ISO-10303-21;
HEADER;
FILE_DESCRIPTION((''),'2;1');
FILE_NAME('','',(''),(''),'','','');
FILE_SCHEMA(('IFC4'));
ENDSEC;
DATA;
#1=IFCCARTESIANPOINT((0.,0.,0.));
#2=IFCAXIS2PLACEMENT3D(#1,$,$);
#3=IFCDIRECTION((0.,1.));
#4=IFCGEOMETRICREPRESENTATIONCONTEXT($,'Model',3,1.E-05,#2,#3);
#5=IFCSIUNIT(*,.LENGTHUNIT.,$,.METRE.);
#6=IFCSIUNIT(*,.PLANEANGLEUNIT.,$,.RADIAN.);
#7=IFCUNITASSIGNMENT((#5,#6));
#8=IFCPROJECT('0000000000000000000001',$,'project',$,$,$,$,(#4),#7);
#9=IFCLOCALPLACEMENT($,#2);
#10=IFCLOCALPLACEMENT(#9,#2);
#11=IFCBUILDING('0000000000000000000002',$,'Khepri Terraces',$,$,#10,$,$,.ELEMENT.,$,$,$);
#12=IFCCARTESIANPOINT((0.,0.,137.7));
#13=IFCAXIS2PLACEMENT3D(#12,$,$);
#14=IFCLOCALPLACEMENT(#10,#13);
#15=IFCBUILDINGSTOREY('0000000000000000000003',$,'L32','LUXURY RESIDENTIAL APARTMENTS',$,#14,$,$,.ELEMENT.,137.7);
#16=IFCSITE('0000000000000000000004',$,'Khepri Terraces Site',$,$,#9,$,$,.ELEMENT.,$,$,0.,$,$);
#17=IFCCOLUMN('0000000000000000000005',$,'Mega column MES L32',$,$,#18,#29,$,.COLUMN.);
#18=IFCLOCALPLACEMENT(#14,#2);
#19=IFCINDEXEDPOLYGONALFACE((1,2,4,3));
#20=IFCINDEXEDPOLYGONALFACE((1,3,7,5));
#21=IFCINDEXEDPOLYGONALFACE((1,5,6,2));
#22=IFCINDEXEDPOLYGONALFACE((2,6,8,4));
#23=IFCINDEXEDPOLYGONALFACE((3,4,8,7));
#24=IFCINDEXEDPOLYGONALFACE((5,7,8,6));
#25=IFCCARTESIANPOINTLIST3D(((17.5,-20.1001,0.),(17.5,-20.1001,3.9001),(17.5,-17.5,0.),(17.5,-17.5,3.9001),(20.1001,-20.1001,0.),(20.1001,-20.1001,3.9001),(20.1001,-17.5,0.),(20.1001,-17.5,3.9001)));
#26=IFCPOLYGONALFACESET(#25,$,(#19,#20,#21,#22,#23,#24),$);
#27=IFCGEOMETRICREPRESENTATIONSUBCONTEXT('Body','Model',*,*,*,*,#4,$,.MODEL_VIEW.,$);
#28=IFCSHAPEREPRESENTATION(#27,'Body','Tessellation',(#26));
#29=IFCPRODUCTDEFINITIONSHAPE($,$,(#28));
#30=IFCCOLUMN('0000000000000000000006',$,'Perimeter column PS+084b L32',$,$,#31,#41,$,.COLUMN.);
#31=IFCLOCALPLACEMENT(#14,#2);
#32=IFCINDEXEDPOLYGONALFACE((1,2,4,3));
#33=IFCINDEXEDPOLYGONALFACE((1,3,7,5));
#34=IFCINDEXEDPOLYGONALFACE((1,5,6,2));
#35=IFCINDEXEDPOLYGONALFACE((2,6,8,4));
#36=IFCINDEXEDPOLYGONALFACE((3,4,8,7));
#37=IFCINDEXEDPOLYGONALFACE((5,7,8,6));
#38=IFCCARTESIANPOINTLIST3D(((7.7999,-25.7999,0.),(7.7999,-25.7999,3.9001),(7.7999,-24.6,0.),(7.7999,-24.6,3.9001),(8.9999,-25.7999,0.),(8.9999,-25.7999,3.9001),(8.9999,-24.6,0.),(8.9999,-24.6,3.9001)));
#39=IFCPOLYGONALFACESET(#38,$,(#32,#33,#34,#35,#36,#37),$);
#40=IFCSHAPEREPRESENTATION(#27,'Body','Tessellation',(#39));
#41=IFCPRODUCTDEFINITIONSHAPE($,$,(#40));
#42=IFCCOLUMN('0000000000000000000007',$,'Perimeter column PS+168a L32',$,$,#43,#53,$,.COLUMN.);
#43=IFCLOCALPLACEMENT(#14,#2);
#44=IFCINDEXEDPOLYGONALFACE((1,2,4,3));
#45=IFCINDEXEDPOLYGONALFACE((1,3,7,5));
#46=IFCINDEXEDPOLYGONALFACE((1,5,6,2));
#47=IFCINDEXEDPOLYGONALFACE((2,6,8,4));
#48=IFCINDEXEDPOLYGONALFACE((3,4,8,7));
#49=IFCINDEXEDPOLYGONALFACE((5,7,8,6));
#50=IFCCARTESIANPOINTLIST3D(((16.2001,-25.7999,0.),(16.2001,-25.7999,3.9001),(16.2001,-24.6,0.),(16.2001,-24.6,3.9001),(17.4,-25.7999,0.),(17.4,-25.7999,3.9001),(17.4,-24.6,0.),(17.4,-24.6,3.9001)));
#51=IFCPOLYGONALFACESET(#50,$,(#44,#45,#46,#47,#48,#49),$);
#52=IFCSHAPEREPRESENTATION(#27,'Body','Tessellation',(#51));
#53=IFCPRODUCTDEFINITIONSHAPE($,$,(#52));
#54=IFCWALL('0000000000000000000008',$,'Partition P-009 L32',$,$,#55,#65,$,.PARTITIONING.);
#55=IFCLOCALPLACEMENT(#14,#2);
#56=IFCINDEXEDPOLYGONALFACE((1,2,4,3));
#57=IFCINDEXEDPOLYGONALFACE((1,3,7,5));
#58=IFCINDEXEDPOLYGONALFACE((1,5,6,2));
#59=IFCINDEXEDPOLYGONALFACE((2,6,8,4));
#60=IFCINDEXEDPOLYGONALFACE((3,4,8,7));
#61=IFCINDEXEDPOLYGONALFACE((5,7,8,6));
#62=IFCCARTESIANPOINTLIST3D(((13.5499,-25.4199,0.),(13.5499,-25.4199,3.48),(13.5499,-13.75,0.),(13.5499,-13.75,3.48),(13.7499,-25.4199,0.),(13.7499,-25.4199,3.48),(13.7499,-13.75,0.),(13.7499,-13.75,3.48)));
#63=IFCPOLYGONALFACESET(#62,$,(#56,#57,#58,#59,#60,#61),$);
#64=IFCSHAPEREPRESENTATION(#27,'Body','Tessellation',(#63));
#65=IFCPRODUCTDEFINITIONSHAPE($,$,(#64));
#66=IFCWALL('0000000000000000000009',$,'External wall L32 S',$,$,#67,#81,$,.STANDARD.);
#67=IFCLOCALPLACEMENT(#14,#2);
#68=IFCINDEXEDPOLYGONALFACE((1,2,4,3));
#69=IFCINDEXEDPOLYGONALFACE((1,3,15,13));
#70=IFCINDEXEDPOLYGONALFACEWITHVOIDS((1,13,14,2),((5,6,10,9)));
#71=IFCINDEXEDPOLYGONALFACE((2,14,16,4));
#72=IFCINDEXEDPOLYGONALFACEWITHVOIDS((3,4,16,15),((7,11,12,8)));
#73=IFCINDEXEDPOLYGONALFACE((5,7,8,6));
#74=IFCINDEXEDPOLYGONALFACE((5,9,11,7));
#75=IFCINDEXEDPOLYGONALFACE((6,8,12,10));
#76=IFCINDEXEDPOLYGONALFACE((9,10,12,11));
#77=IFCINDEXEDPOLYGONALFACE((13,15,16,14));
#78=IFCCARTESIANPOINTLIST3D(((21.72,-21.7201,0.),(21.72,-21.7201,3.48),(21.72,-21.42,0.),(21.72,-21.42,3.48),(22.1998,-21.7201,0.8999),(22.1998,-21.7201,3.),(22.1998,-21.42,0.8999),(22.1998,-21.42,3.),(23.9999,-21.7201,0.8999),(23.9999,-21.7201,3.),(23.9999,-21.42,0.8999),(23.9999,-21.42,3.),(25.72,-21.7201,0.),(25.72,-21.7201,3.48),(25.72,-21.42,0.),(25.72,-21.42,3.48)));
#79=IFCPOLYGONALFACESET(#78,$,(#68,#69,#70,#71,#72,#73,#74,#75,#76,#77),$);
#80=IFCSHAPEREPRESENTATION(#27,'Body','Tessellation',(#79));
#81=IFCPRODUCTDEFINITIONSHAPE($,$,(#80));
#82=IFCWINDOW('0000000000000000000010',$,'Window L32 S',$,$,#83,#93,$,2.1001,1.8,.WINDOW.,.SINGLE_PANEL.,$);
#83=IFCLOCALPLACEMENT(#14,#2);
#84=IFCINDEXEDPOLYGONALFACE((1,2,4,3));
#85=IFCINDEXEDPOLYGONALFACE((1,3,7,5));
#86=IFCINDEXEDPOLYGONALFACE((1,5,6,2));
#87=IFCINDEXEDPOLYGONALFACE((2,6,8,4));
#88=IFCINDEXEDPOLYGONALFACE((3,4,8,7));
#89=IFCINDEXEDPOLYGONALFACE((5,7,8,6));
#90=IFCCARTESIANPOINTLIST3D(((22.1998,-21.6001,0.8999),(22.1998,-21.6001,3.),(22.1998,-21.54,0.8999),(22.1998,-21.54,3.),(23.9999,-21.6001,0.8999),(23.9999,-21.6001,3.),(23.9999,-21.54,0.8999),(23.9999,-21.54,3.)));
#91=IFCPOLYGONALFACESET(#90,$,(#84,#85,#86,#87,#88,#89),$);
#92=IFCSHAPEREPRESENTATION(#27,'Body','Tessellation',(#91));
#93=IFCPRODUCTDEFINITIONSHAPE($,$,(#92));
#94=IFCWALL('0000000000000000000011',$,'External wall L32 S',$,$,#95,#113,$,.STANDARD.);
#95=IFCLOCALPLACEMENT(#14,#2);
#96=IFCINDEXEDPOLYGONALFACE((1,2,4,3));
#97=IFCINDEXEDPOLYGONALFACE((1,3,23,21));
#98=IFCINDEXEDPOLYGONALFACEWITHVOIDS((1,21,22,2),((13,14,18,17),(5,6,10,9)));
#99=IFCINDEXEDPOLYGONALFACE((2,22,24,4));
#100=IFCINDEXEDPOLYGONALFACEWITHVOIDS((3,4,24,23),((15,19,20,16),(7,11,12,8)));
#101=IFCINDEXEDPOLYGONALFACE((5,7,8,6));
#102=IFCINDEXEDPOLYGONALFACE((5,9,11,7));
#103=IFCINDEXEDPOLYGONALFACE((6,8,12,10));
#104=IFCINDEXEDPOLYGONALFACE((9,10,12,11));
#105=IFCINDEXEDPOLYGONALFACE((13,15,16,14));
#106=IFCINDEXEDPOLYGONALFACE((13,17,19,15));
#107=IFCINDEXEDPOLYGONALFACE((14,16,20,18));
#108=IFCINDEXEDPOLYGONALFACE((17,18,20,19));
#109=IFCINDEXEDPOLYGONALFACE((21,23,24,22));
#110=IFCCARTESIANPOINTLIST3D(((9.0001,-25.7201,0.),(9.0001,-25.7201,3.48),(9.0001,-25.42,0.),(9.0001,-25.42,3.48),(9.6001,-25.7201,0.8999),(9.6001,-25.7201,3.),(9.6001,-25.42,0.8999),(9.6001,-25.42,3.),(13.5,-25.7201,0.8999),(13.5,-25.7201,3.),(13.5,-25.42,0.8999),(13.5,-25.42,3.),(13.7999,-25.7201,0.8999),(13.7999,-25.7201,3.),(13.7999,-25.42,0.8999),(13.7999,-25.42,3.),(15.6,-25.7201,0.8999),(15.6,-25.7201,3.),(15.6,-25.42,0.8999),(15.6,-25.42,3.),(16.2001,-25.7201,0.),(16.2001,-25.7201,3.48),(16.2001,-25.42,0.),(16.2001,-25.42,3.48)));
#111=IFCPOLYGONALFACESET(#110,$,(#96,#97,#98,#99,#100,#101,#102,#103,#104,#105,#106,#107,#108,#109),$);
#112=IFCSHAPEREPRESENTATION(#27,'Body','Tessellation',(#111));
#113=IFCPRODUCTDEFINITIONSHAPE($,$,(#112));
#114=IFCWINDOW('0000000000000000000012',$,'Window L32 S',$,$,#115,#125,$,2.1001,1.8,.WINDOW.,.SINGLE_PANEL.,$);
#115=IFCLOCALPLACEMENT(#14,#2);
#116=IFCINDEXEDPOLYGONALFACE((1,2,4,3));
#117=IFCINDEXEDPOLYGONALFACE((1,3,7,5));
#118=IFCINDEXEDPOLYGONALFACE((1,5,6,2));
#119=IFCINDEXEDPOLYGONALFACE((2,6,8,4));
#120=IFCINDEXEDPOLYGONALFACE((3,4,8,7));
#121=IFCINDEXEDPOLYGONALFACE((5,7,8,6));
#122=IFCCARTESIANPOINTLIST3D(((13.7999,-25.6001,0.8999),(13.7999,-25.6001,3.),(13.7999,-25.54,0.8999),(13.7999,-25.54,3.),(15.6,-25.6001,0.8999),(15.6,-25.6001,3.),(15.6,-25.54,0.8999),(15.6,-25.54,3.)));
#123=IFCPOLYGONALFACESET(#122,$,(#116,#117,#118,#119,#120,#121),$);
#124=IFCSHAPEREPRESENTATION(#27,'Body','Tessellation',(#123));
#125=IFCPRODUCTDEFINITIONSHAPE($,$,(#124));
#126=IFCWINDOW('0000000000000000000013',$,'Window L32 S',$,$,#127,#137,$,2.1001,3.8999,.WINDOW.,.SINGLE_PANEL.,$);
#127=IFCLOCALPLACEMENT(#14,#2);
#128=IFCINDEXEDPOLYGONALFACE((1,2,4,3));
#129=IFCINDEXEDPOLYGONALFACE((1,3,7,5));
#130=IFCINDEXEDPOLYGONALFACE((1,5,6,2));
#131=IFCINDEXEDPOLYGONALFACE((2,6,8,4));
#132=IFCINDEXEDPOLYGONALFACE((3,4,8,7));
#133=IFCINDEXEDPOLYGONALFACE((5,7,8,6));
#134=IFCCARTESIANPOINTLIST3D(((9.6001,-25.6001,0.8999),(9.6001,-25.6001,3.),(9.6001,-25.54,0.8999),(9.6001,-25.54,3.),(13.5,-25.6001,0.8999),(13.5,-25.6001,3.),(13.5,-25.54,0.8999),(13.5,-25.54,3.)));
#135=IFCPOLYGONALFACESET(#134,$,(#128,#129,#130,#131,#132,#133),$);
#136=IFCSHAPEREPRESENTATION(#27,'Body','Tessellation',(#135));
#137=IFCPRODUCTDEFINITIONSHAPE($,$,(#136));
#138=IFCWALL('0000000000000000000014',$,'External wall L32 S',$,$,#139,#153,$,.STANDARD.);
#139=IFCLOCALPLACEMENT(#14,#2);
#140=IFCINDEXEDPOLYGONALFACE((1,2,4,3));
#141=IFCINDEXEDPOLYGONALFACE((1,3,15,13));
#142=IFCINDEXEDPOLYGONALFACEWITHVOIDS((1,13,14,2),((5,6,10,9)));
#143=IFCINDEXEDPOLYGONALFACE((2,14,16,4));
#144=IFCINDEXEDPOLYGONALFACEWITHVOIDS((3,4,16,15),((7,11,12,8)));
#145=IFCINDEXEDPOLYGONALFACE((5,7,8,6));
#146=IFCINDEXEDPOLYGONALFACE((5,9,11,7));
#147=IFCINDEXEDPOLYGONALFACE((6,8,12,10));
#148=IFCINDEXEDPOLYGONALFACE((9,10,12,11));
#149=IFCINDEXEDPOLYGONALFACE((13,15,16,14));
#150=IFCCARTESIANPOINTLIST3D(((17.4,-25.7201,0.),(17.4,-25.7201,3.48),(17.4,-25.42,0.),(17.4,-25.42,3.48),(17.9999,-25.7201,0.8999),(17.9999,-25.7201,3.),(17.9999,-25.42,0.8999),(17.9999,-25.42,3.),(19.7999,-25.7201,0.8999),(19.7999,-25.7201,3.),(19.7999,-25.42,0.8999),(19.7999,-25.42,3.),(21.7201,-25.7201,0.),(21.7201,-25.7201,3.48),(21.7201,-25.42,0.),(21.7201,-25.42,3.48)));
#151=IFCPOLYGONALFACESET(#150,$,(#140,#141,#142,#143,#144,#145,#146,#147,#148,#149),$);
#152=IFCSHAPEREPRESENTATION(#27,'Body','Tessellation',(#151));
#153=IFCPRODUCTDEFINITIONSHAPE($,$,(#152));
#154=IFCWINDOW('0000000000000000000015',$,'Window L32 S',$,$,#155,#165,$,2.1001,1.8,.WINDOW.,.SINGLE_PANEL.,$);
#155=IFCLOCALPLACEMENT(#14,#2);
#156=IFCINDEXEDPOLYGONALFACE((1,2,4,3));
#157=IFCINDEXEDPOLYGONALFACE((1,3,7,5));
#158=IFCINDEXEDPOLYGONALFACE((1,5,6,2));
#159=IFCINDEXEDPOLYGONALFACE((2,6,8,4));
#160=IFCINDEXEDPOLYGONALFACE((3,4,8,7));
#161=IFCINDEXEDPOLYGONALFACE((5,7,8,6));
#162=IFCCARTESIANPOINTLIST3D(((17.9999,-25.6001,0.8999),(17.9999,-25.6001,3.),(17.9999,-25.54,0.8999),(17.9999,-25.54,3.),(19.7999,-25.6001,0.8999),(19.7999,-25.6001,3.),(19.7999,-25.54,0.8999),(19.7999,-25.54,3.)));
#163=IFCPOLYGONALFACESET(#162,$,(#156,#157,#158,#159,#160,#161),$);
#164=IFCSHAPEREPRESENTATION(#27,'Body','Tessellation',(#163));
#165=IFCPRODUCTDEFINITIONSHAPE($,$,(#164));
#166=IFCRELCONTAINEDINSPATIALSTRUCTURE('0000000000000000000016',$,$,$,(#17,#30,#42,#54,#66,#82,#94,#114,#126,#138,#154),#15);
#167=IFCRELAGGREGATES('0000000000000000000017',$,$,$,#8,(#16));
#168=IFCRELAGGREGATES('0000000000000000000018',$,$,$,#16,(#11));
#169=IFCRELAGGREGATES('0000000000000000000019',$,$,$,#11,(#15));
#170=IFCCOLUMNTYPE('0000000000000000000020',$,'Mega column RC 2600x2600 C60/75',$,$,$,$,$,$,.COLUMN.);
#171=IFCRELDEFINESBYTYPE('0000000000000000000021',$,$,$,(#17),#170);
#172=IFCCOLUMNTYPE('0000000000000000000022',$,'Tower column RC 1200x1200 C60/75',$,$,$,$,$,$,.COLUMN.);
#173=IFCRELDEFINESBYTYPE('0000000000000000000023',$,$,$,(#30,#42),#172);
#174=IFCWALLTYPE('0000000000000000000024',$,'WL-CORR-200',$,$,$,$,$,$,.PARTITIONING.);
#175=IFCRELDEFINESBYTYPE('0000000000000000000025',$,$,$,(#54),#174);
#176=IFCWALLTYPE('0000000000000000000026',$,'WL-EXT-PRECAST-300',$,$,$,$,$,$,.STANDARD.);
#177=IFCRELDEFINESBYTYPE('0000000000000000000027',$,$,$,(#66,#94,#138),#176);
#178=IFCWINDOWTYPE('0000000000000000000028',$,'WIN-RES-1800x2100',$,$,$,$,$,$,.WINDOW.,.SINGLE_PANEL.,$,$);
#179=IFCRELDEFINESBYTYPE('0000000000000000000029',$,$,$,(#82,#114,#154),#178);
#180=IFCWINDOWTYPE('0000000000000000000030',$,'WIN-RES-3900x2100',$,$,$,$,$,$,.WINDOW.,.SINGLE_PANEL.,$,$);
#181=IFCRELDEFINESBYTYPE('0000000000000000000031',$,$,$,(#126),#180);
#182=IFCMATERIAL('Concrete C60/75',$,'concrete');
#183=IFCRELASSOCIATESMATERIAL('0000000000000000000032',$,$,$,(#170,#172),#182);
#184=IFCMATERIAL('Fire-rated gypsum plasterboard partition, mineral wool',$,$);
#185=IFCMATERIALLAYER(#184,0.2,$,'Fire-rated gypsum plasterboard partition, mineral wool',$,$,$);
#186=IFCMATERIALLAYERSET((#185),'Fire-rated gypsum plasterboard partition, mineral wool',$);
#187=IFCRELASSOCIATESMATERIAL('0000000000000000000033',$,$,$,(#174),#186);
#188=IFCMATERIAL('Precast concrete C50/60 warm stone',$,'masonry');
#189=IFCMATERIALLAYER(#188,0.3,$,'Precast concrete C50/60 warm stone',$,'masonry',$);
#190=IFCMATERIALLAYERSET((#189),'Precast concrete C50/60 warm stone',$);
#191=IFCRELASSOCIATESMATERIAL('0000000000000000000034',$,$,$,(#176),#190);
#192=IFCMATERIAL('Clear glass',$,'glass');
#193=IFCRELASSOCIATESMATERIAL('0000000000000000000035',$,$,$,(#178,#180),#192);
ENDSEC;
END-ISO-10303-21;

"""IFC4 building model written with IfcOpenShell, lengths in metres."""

from ifc_helpers import new_model, si_unit, direction, frame, frame_2d, origin, origin_2d, place, context, subcontext, project, spatial, rectangle, extrude, material, layer, layer_set, material_profile, profile_set, type_object, element, fill, save


model = new_model("IFC4")

# Units and contexts
model_context = context("Model", 3, precision=1e-05, world=origin(), true_north=direction((0.0, 1.0)))
body_context = subcontext(model_context, "Body", "Model", "MODEL_VIEW")
ifc_project = project(units=[si_unit("LENGTHUNIT", "METRE"), si_unit("PLANEANGLEUNIT", "RADIAN")], contexts=[model_context])

# Site, building, storey
site_placement = place(None, origin())
site = spatial("IfcSite", under=ifc_project, at=site_placement, Name="Khepri Terraces Site", CompositionType="ELEMENT", RefElevation=0.0)
building_placement = place(site_placement, origin())
building = spatial("IfcBuilding", under=site, at=building_placement, Name="Khepri Terraces", CompositionType="ELEMENT")
storey_placement = place(building_placement, frame((0.0, 0.0, 137.7)))
storey = spatial("IfcBuildingStorey", under=building, at=storey_placement, Name="L32", Description="LUXURY RESIDENTIAL APARTMENTS", CompositionType="ELEMENT", Elevation=137.7)

# Columns
ifc_material_1 = material(Name="Concrete C60/75", Category="concrete")
ifc_material_profile_1 = material_profile(ifc_material_1, rectangle(XDim=2.6001, YDim=2.6001, at=origin_2d()), Name="Concrete C60/75", Category="concrete")
ifc_profile_set_1 = profile_set([ifc_material_profile_1], Name="Concrete C60/75")
column_type_1 = type_object("IfcColumnType", Name="Mega column RC 2600x2600 C60/75", PredefinedType="COLUMN", material=ifc_profile_set_1)
column_placement = place(storey_placement, frame((18.8, -18.8, 0.0), z_axis=(0.0, 0.0, 1.0), x_axis=(1.0, 0.0, 0.0)))
element("IfcColumn", 1, at=column_placement, inside=storey, type_object=column_type_1, Name="Mega column MES L32", PredefinedType="COLUMN", context=body_context, shape_type="SweptSolid", body=[
    extrude(rectangle(XDim=2.6001, YDim=2.6001, at=origin_2d()), origin(), (0.0, 0.0, 1.0), 3.9001),
])
ifc_material_profile_2 = material_profile(ifc_material_1, rectangle(XDim=1.2, YDim=1.2, at=origin_2d()), Name="Concrete C60/75", Category="concrete")
ifc_profile_set_2 = profile_set([ifc_material_profile_2], Name="Concrete C60/75")
column_type_2 = type_object("IfcColumnType", Name="Tower column RC 1200x1200 C60/75", PredefinedType="COLUMN", material=ifc_profile_set_2)
for number, where, z_axis, x_axis, name in (
    (2, (8.3999, -25.2, 0.0), (0.0, 0.0, 1.0), (1.0, 0.0, 0.0), "Perimeter column PS+084b L32"),
    (3, (16.8, -25.2, 0.0), (0.0, 0.0, 1.0), (1.0, 0.0, 0.0), "Perimeter column PS+168a L32"),
):
    element("IfcColumn", number, at=place(storey_placement, frame(where, z_axis=z_axis, x_axis=x_axis)), inside=storey, type_object=column_type_2, Name=name, PredefinedType="COLUMN", context=body_context, shape_type="SweptSolid", body=[
        extrude(rectangle(XDim=1.2, YDim=1.2, at=origin_2d()), origin(), (0.0, 0.0, 1.0), 3.9001),
    ])

# Wall
ifc_material_2 = material(Name="Fire-rated gypsum plasterboard partition, mineral wool")
ifc_layer_1 = layer(ifc_material_2, 0.2, Name="Fire-rated gypsum plasterboard partition, mineral wool")
ifc_layer_set_1 = layer_set([ifc_layer_1], Name="Fire-rated gypsum plasterboard partition, mineral wool")
wall_type_1 = type_object("IfcWallType", Name="WL-CORR-200", PredefinedType="PARTITIONING", material=ifc_layer_set_1)
wall_1_placement = place(storey_placement, frame((13.6499, -25.4199, 0.0), z_axis=(0.0, 0.0, 1.0), x_axis=(0.0, 1.0, 0.0)))
element("IfcWall", 4, at=wall_1_placement, inside=storey, type_object=wall_type_1, Name="Partition P-009 L32", PredefinedType="PARTITIONING", context=body_context, shape_type="SweptSolid", body=[
    extrude(rectangle(XDim=11.6699, YDim=0.2, at=frame_2d((5.835, 0.0))), origin(), (0.0, 0.0, 1.0), 3.48),
])

# Wall, opening, window
ifc_material_3 = material(Name="Precast concrete C50/60 warm stone", Category="masonry")
ifc_layer_2 = layer(ifc_material_3, 0.3, Name="Precast concrete C50/60 warm stone", Category="masonry")
ifc_layer_set_2 = layer_set([ifc_layer_2], Name="Precast concrete C50/60 warm stone")
wall_type_2 = type_object("IfcWallType", Name="WL-EXT-PRECAST-300", PredefinedType="STANDARD", material=ifc_layer_set_2)
wall_2_placement = place(storey_placement, frame((21.72, -21.5701, 0.0), z_axis=(0.0, 0.0, 1.0), x_axis=(1.0, 0.0, 0.0)))
wall_2 = element("IfcWall", 5, at=wall_2_placement, inside=storey, type_object=wall_type_2, Name="External wall L32 S", PredefinedType="STANDARD", context=body_context, shape_type="SweptSolid", body=[
    extrude(rectangle(XDim=4.0, YDim=0.3, at=frame_2d((2.0, 0.0))), origin(), (0.0, 0.0, 1.0), 3.48),
])
opening_1_placement = place(wall_2_placement, frame((0.48, 0.0, 0.8999)))
opening_1 = element("IfcOpeningElement", 6, at=opening_1_placement, cuts=wall_2, PredefinedType="OPENING", context=body_context, shape_type="SweptSolid", body=[
    extrude(rectangle(XDim=1.8, YDim=2.1001, at=frame_2d((0.8999, 1.05))), frame((0.0, 0.1602, 0.0), z_axis=(0.0, -1.0, 0.0), x_axis=(1.0, 0.0, 0.0)), (0.0, 0.0, 1.0), 0.3201),
])
ifc_material_4 = material(Name="Clear glass", Category="glass")
window_type_1 = type_object("IfcWindowType", Name="WIN-RES-1800x2100", PartitioningType="SINGLE_PANEL", PredefinedType="WINDOW", material=ifc_material_4)
window_1_placement = place(opening_1_placement, origin())
window_1 = element("IfcWindow", 7, at=window_1_placement, inside=storey, type_object=window_type_1, Name="Window L32 S", OverallHeight=2.1001, OverallWidth=1.8, PartitioningType="SINGLE_PANEL", PredefinedType="WINDOW", context=body_context, shape_type="SweptSolid", body=[
    extrude(rectangle(XDim=1.8, YDim=2.1001, at=frame_2d((0.8999, 1.05))), frame((0.0, 0.03, 0.0), z_axis=(0.0, -1.0, 0.0), x_axis=(1.0, 0.0, 0.0)), (0.0, 0.0, 1.0), 0.0601),
])
fill(opening_1, window_1)

# Wall, openings, windows
wall_3_placement = place(storey_placement, frame((9.0, -25.5701, 0.0), z_axis=(0.0, 0.0, 1.0), x_axis=(1.0, 0.0, 0.0)))
wall_3 = element("IfcWall", 8, at=wall_3_placement, inside=storey, type_object=wall_type_2, Name="External wall L32 S", PredefinedType="STANDARD", context=body_context, shape_type="SweptSolid", body=[
    extrude(rectangle(XDim=7.2, YDim=0.3, at=frame_2d((3.6001, 0.0))), origin(), (0.0, 0.0, 1.0), 3.48),
])
opening_2_placement = place(wall_3_placement, frame((0.6001, 0.0, 0.8999)))
opening_2 = element("IfcOpeningElement", 9, at=opening_2_placement, cuts=wall_3, PredefinedType="OPENING", context=body_context, shape_type="SweptSolid", body=[
    extrude(rectangle(XDim=3.8999, YDim=2.1001, at=frame_2d((1.95, 1.05))), frame((0.0, 0.1602, 0.0), z_axis=(0.0, -1.0, 0.0), x_axis=(1.0, 0.0, 0.0)), (0.0, 0.0, 1.0), 0.3201),
])
opening_3_placement = place(wall_3_placement, frame((4.8, 0.0, 0.8999)))
opening_3 = element("IfcOpeningElement", 10, at=opening_3_placement, cuts=wall_3, PredefinedType="OPENING", context=body_context, shape_type="SweptSolid", body=[
    extrude(rectangle(XDim=1.8, YDim=2.1001, at=frame_2d((0.8999, 1.05))), frame((0.0, 0.1602, 0.0), z_axis=(0.0, -1.0, 0.0), x_axis=(1.0, 0.0, 0.0)), (0.0, 0.0, 1.0), 0.3201),
])
window_2_placement = place(opening_3_placement, origin())
window_2 = element("IfcWindow", 11, at=window_2_placement, inside=storey, type_object=window_type_1, Name="Window L32 S", OverallHeight=2.1001, OverallWidth=1.8, PartitioningType="SINGLE_PANEL", PredefinedType="WINDOW", context=body_context, shape_type="SweptSolid", body=[
    extrude(rectangle(XDim=1.8, YDim=2.1001, at=frame_2d((0.8999, 1.05))), frame((0.0, 0.03, 0.0), z_axis=(0.0, -1.0, 0.0), x_axis=(1.0, 0.0, 0.0)), (0.0, 0.0, 1.0), 0.0601),
])
fill(opening_3, window_2)
window_type_2 = type_object("IfcWindowType", Name="WIN-RES-3900x2100", PartitioningType="SINGLE_PANEL", PredefinedType="WINDOW", material=ifc_material_4)
window_3_placement = place(opening_2_placement, origin())
window_3 = element("IfcWindow", 12, at=window_3_placement, inside=storey, type_object=window_type_2, Name="Window L32 S", OverallHeight=2.1001, OverallWidth=3.8999, PartitioningType="SINGLE_PANEL", PredefinedType="WINDOW", context=body_context, shape_type="SweptSolid", body=[
    extrude(rectangle(XDim=3.8999, YDim=2.1001, at=frame_2d((1.95, 1.05))), frame((0.0, 0.03, 0.0), z_axis=(0.0, -1.0, 0.0), x_axis=(1.0, 0.0, 0.0)), (0.0, 0.0, 1.0), 0.0601),
])
fill(opening_2, window_3)

# Wall, opening, window
wall_4_placement = place(storey_placement, frame((17.3999, -25.5701, 0.0), z_axis=(0.0, 0.0, 1.0), x_axis=(1.0, 0.0, 0.0)))
wall_4 = element("IfcWall", 13, at=wall_4_placement, inside=storey, type_object=wall_type_2, Name="External wall L32 S", PredefinedType="STANDARD", context=body_context, shape_type="SweptSolid", body=[
    extrude(rectangle(XDim=4.3201, YDim=0.3, at=frame_2d((2.1602, 0.0))), origin(), (0.0, 0.0, 1.0), 3.48),
])
opening_4_placement = place(wall_4_placement, frame((0.6001, 0.0, 0.8999)))
opening_4 = element("IfcOpeningElement", 14, at=opening_4_placement, cuts=wall_4, PredefinedType="OPENING", context=body_context, shape_type="SweptSolid", body=[
    extrude(rectangle(XDim=1.8, YDim=2.1001, at=frame_2d((0.8999, 1.05))), frame((0.0, 0.1602, 0.0), z_axis=(0.0, -1.0, 0.0), x_axis=(1.0, 0.0, 0.0)), (0.0, 0.0, 1.0), 0.3201),
])
window_4_placement = place(opening_4_placement, origin())
window_4 = element("IfcWindow", 15, at=window_4_placement, inside=storey, type_object=window_type_1, Name="Window L32 S", OverallHeight=2.1001, OverallWidth=1.8, PartitioningType="SINGLE_PANEL", PredefinedType="WINDOW", context=body_context, shape_type="SweptSolid", body=[
    extrude(rectangle(XDim=1.8, YDim=2.1001, at=frame_2d((0.8999, 1.05))), frame((0.0, 0.03, 0.0), z_axis=(0.0, -1.0, 0.0), x_axis=(1.0, 0.0, 0.0)), (0.0, 0.0, 1.0), 0.0601),
])
fill(opening_4, window_4)

save(model, "model.ifc")
